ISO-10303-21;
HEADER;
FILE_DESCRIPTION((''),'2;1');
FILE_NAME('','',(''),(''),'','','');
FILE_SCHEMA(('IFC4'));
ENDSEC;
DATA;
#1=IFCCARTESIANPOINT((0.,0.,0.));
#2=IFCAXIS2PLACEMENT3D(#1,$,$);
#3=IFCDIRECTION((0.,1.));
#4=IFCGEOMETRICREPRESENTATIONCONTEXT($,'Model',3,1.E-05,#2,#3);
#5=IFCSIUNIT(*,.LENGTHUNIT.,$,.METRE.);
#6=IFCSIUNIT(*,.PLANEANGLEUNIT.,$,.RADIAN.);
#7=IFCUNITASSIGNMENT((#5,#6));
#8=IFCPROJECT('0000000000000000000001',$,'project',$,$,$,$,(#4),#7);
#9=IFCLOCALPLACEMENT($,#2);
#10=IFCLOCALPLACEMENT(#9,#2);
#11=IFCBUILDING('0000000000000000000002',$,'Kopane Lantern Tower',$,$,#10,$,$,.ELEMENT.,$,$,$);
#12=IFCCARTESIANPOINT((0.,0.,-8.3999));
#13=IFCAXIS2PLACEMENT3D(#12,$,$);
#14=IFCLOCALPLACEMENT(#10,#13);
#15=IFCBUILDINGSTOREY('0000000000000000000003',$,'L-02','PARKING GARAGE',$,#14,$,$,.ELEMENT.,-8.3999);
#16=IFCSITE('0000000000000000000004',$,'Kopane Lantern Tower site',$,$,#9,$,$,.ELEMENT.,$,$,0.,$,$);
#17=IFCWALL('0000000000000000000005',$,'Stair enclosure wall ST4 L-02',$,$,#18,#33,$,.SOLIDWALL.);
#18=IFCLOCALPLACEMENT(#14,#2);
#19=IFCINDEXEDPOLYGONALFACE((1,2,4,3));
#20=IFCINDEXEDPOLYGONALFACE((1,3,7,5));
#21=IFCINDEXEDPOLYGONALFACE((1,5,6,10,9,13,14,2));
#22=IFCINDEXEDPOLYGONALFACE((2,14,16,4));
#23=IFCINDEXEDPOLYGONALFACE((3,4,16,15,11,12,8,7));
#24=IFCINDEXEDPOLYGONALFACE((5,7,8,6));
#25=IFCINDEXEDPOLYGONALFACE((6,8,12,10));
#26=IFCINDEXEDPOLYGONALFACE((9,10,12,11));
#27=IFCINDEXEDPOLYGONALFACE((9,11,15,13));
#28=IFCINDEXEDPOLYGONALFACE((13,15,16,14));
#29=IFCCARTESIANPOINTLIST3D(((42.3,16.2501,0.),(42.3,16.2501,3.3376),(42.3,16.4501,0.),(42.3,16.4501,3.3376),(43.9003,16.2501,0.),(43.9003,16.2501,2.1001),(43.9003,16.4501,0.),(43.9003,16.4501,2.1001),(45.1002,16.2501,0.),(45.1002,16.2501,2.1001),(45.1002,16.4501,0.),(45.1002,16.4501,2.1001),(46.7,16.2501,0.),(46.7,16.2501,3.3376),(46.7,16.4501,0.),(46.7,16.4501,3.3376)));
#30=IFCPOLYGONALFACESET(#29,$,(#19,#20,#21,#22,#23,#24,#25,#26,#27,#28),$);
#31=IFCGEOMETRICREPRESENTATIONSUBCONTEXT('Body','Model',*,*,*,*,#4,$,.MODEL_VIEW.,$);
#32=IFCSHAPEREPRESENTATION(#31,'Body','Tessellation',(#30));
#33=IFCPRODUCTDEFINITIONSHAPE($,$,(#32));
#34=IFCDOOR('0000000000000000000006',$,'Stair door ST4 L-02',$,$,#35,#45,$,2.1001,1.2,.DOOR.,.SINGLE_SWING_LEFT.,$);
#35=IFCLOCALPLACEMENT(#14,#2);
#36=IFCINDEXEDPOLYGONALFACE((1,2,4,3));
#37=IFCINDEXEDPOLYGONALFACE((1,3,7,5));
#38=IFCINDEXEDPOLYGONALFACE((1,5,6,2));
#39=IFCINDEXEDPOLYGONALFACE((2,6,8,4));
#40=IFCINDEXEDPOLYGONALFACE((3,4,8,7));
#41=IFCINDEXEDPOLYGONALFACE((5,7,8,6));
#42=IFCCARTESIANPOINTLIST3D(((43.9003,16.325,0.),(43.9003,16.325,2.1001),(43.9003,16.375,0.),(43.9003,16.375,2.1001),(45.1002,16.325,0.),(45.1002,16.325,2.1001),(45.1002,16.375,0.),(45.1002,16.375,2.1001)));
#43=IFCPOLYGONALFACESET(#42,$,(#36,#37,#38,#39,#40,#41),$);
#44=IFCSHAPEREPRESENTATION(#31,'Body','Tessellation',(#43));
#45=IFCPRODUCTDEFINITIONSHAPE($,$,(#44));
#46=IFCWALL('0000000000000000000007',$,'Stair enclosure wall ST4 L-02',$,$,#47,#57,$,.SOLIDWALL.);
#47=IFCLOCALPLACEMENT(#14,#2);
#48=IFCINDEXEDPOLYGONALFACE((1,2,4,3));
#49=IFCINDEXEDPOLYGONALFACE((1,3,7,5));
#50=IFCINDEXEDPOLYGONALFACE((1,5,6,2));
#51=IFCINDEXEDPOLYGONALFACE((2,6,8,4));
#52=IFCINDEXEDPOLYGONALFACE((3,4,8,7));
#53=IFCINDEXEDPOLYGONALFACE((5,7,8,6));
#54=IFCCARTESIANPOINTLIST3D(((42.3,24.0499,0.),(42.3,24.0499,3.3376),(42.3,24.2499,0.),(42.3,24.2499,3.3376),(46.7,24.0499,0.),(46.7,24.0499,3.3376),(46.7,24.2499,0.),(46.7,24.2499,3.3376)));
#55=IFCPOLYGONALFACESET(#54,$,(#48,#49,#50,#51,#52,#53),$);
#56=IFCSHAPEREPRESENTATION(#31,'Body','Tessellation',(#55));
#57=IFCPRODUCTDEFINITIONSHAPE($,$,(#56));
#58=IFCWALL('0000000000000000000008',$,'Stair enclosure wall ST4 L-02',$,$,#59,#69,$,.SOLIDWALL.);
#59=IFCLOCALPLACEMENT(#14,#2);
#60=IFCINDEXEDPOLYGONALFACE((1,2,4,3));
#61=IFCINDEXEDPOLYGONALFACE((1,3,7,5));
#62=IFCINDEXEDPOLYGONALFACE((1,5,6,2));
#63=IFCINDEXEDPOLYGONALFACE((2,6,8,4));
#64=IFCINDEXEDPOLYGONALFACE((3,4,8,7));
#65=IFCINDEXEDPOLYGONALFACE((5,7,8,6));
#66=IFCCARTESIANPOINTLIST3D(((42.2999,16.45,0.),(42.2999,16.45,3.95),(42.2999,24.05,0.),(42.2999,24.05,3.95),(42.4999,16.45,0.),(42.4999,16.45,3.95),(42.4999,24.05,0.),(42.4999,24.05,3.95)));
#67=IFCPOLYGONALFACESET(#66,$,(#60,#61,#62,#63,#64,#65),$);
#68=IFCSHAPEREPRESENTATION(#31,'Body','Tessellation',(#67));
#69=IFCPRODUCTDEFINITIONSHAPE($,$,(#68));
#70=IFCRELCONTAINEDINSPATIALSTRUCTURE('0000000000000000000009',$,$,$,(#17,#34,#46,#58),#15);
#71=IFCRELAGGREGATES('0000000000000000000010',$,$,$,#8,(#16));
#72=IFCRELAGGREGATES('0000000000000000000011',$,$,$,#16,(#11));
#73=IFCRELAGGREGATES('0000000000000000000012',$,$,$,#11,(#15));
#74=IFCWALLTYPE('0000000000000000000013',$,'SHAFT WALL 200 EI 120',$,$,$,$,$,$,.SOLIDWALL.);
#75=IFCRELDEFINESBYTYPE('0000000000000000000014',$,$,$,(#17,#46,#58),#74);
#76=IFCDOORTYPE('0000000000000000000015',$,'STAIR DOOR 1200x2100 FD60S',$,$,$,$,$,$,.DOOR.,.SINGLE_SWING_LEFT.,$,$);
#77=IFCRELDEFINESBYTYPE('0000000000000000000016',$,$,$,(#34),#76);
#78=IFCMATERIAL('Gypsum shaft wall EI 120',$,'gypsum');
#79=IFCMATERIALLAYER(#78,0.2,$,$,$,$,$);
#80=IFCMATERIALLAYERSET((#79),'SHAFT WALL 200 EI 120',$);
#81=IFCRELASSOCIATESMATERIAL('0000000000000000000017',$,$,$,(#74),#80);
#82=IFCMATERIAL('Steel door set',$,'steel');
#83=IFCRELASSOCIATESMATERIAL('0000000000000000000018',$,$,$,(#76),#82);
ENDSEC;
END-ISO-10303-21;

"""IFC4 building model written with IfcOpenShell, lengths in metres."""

from ifc_helpers import new_model, si_unit, direction, frame, frame_2d, origin, place, context, subcontext, project, spatial, rectangle, extrude, material, layer, layer_set, type_object, element, fill, save


model = new_model("IFC4")

# Units and contexts
model_context = context("Model", 3, precision=1e-05, world=origin(), true_north=direction((0.0, 1.0)))
body_context = subcontext(model_context, "Body", "Model", "MODEL_VIEW")
ifc_project = project(units=[si_unit("LENGTHUNIT", "METRE"), si_unit("PLANEANGLEUNIT", "RADIAN")], contexts=[model_context])

# Site, building, storey
site_placement = place(None, origin())
site = spatial("IfcSite", under=ifc_project, at=site_placement, Name="Kopane Lantern Tower site", CompositionType="ELEMENT", RefElevation=0.0)
building_placement = place(site_placement, origin())
building = spatial("IfcBuilding", under=site, at=building_placement, Name="Kopane Lantern Tower", CompositionType="ELEMENT")
storey_placement = place(building_placement, frame((0.0, 0.0, -8.3999)))
storey = spatial("IfcBuildingStorey", under=building, at=storey_placement, Name="L-02", Description="PARKING GARAGE", CompositionType="ELEMENT", Elevation=-8.3999)

# Wall, opening, door
ifc_material_1 = material(Name="Gypsum shaft wall EI 120", Category="gypsum")
ifc_layer = layer(ifc_material_1, 0.2)
ifc_layer_set = layer_set([ifc_layer], Name="SHAFT WALL 200 EI 120")
wall_type = type_object("IfcWallType", Name="SHAFT WALL 200 EI 120", PredefinedType="SOLIDWALL", material=ifc_layer_set)
wall_1_placement = place(storey_placement, frame((42.3, 16.3501, 0.0), z_axis=(0.0, 0.0, 1.0), x_axis=(1.0, 0.0, 0.0)))
wall_1 = element("IfcWall", 1, at=wall_1_placement, inside=storey, type_object=wall_type, Name="Stair enclosure wall ST4 L-02", PredefinedType="SOLIDWALL", context=body_context, shape_type="SweptSolid", body=[
    extrude(rectangle(XDim=4.3999, YDim=0.2, at=frame_2d((2.2, 0.0))), origin(), (0.0, 0.0, 1.0), 3.3376),
])
opening_placement = place(wall_1_placement, frame((1.6001, 0.0, 0.0)))
opening = element("IfcOpeningElement", 2, at=opening_placement, cuts=wall_1, PredefinedType="OPENING", context=body_context, shape_type="SweptSolid", body=[
    extrude(rectangle(XDim=1.2, YDim=2.1001, at=frame_2d((0.6001, 1.05))), frame((0.0, 0.1099, 0.0), z_axis=(0.0, -1.0, 0.0), x_axis=(1.0, 0.0, 0.0)), (0.0, 0.0, 1.0), 0.22),
])
ifc_material_2 = material(Name="Steel door set", Category="steel")
door_type = type_object("IfcDoorType", Name="STAIR DOOR 1200x2100 FD60S", OperationType="SINGLE_SWING_LEFT", PredefinedType="DOOR", material=ifc_material_2)
door_placement = place(opening_placement, origin())
door = element("IfcDoor", 3, at=door_placement, inside=storey, type_object=door_type, Name="Stair door ST4 L-02", OperationType="SINGLE_SWING_LEFT", OverallHeight=2.1001, OverallWidth=1.2, PredefinedType="DOOR", context=body_context, shape_type="SweptSolid", body=[
    extrude(rectangle(XDim=1.2, YDim=2.1001, at=frame_2d((0.6001, 1.05))), frame((0.0, 0.0249, 0.0), z_axis=(0.0, -1.0, 0.0), x_axis=(1.0, 0.0, 0.0)), (0.0, 0.0, 1.0), 0.05),
])
fill(opening, door)

# Walls
wall_2_placement = place(storey_placement, frame((42.3, 24.1499, 0.0), z_axis=(0.0, 0.0, 1.0), x_axis=(1.0, 0.0, 0.0)))
element("IfcWall", 4, at=wall_2_placement, inside=storey, type_object=wall_type, Name="Stair enclosure wall ST4 L-02", PredefinedType="SOLIDWALL", context=body_context, shape_type="SweptSolid", body=[
    extrude(rectangle(XDim=4.3999, YDim=0.2, at=frame_2d((2.2, 0.0))), origin(), (0.0, 0.0, 1.0), 3.3376),
])
wall_3_placement = place(storey_placement, frame((42.3999, 16.45, 0.0), z_axis=(0.0, 0.0, 1.0), x_axis=(0.0, 1.0, 0.0)))
element("IfcWall", 5, at=wall_3_placement, inside=storey, type_object=wall_type, Name="Stair enclosure wall ST4 L-02", PredefinedType="SOLIDWALL", context=body_context, shape_type="SweptSolid", body=[
    extrude(rectangle(XDim=7.6001, YDim=0.2, at=frame_2d((3.8, 0.0))), origin(), (0.0, 0.0, 1.0), 3.95),
])

save(model, "model.ifc")
